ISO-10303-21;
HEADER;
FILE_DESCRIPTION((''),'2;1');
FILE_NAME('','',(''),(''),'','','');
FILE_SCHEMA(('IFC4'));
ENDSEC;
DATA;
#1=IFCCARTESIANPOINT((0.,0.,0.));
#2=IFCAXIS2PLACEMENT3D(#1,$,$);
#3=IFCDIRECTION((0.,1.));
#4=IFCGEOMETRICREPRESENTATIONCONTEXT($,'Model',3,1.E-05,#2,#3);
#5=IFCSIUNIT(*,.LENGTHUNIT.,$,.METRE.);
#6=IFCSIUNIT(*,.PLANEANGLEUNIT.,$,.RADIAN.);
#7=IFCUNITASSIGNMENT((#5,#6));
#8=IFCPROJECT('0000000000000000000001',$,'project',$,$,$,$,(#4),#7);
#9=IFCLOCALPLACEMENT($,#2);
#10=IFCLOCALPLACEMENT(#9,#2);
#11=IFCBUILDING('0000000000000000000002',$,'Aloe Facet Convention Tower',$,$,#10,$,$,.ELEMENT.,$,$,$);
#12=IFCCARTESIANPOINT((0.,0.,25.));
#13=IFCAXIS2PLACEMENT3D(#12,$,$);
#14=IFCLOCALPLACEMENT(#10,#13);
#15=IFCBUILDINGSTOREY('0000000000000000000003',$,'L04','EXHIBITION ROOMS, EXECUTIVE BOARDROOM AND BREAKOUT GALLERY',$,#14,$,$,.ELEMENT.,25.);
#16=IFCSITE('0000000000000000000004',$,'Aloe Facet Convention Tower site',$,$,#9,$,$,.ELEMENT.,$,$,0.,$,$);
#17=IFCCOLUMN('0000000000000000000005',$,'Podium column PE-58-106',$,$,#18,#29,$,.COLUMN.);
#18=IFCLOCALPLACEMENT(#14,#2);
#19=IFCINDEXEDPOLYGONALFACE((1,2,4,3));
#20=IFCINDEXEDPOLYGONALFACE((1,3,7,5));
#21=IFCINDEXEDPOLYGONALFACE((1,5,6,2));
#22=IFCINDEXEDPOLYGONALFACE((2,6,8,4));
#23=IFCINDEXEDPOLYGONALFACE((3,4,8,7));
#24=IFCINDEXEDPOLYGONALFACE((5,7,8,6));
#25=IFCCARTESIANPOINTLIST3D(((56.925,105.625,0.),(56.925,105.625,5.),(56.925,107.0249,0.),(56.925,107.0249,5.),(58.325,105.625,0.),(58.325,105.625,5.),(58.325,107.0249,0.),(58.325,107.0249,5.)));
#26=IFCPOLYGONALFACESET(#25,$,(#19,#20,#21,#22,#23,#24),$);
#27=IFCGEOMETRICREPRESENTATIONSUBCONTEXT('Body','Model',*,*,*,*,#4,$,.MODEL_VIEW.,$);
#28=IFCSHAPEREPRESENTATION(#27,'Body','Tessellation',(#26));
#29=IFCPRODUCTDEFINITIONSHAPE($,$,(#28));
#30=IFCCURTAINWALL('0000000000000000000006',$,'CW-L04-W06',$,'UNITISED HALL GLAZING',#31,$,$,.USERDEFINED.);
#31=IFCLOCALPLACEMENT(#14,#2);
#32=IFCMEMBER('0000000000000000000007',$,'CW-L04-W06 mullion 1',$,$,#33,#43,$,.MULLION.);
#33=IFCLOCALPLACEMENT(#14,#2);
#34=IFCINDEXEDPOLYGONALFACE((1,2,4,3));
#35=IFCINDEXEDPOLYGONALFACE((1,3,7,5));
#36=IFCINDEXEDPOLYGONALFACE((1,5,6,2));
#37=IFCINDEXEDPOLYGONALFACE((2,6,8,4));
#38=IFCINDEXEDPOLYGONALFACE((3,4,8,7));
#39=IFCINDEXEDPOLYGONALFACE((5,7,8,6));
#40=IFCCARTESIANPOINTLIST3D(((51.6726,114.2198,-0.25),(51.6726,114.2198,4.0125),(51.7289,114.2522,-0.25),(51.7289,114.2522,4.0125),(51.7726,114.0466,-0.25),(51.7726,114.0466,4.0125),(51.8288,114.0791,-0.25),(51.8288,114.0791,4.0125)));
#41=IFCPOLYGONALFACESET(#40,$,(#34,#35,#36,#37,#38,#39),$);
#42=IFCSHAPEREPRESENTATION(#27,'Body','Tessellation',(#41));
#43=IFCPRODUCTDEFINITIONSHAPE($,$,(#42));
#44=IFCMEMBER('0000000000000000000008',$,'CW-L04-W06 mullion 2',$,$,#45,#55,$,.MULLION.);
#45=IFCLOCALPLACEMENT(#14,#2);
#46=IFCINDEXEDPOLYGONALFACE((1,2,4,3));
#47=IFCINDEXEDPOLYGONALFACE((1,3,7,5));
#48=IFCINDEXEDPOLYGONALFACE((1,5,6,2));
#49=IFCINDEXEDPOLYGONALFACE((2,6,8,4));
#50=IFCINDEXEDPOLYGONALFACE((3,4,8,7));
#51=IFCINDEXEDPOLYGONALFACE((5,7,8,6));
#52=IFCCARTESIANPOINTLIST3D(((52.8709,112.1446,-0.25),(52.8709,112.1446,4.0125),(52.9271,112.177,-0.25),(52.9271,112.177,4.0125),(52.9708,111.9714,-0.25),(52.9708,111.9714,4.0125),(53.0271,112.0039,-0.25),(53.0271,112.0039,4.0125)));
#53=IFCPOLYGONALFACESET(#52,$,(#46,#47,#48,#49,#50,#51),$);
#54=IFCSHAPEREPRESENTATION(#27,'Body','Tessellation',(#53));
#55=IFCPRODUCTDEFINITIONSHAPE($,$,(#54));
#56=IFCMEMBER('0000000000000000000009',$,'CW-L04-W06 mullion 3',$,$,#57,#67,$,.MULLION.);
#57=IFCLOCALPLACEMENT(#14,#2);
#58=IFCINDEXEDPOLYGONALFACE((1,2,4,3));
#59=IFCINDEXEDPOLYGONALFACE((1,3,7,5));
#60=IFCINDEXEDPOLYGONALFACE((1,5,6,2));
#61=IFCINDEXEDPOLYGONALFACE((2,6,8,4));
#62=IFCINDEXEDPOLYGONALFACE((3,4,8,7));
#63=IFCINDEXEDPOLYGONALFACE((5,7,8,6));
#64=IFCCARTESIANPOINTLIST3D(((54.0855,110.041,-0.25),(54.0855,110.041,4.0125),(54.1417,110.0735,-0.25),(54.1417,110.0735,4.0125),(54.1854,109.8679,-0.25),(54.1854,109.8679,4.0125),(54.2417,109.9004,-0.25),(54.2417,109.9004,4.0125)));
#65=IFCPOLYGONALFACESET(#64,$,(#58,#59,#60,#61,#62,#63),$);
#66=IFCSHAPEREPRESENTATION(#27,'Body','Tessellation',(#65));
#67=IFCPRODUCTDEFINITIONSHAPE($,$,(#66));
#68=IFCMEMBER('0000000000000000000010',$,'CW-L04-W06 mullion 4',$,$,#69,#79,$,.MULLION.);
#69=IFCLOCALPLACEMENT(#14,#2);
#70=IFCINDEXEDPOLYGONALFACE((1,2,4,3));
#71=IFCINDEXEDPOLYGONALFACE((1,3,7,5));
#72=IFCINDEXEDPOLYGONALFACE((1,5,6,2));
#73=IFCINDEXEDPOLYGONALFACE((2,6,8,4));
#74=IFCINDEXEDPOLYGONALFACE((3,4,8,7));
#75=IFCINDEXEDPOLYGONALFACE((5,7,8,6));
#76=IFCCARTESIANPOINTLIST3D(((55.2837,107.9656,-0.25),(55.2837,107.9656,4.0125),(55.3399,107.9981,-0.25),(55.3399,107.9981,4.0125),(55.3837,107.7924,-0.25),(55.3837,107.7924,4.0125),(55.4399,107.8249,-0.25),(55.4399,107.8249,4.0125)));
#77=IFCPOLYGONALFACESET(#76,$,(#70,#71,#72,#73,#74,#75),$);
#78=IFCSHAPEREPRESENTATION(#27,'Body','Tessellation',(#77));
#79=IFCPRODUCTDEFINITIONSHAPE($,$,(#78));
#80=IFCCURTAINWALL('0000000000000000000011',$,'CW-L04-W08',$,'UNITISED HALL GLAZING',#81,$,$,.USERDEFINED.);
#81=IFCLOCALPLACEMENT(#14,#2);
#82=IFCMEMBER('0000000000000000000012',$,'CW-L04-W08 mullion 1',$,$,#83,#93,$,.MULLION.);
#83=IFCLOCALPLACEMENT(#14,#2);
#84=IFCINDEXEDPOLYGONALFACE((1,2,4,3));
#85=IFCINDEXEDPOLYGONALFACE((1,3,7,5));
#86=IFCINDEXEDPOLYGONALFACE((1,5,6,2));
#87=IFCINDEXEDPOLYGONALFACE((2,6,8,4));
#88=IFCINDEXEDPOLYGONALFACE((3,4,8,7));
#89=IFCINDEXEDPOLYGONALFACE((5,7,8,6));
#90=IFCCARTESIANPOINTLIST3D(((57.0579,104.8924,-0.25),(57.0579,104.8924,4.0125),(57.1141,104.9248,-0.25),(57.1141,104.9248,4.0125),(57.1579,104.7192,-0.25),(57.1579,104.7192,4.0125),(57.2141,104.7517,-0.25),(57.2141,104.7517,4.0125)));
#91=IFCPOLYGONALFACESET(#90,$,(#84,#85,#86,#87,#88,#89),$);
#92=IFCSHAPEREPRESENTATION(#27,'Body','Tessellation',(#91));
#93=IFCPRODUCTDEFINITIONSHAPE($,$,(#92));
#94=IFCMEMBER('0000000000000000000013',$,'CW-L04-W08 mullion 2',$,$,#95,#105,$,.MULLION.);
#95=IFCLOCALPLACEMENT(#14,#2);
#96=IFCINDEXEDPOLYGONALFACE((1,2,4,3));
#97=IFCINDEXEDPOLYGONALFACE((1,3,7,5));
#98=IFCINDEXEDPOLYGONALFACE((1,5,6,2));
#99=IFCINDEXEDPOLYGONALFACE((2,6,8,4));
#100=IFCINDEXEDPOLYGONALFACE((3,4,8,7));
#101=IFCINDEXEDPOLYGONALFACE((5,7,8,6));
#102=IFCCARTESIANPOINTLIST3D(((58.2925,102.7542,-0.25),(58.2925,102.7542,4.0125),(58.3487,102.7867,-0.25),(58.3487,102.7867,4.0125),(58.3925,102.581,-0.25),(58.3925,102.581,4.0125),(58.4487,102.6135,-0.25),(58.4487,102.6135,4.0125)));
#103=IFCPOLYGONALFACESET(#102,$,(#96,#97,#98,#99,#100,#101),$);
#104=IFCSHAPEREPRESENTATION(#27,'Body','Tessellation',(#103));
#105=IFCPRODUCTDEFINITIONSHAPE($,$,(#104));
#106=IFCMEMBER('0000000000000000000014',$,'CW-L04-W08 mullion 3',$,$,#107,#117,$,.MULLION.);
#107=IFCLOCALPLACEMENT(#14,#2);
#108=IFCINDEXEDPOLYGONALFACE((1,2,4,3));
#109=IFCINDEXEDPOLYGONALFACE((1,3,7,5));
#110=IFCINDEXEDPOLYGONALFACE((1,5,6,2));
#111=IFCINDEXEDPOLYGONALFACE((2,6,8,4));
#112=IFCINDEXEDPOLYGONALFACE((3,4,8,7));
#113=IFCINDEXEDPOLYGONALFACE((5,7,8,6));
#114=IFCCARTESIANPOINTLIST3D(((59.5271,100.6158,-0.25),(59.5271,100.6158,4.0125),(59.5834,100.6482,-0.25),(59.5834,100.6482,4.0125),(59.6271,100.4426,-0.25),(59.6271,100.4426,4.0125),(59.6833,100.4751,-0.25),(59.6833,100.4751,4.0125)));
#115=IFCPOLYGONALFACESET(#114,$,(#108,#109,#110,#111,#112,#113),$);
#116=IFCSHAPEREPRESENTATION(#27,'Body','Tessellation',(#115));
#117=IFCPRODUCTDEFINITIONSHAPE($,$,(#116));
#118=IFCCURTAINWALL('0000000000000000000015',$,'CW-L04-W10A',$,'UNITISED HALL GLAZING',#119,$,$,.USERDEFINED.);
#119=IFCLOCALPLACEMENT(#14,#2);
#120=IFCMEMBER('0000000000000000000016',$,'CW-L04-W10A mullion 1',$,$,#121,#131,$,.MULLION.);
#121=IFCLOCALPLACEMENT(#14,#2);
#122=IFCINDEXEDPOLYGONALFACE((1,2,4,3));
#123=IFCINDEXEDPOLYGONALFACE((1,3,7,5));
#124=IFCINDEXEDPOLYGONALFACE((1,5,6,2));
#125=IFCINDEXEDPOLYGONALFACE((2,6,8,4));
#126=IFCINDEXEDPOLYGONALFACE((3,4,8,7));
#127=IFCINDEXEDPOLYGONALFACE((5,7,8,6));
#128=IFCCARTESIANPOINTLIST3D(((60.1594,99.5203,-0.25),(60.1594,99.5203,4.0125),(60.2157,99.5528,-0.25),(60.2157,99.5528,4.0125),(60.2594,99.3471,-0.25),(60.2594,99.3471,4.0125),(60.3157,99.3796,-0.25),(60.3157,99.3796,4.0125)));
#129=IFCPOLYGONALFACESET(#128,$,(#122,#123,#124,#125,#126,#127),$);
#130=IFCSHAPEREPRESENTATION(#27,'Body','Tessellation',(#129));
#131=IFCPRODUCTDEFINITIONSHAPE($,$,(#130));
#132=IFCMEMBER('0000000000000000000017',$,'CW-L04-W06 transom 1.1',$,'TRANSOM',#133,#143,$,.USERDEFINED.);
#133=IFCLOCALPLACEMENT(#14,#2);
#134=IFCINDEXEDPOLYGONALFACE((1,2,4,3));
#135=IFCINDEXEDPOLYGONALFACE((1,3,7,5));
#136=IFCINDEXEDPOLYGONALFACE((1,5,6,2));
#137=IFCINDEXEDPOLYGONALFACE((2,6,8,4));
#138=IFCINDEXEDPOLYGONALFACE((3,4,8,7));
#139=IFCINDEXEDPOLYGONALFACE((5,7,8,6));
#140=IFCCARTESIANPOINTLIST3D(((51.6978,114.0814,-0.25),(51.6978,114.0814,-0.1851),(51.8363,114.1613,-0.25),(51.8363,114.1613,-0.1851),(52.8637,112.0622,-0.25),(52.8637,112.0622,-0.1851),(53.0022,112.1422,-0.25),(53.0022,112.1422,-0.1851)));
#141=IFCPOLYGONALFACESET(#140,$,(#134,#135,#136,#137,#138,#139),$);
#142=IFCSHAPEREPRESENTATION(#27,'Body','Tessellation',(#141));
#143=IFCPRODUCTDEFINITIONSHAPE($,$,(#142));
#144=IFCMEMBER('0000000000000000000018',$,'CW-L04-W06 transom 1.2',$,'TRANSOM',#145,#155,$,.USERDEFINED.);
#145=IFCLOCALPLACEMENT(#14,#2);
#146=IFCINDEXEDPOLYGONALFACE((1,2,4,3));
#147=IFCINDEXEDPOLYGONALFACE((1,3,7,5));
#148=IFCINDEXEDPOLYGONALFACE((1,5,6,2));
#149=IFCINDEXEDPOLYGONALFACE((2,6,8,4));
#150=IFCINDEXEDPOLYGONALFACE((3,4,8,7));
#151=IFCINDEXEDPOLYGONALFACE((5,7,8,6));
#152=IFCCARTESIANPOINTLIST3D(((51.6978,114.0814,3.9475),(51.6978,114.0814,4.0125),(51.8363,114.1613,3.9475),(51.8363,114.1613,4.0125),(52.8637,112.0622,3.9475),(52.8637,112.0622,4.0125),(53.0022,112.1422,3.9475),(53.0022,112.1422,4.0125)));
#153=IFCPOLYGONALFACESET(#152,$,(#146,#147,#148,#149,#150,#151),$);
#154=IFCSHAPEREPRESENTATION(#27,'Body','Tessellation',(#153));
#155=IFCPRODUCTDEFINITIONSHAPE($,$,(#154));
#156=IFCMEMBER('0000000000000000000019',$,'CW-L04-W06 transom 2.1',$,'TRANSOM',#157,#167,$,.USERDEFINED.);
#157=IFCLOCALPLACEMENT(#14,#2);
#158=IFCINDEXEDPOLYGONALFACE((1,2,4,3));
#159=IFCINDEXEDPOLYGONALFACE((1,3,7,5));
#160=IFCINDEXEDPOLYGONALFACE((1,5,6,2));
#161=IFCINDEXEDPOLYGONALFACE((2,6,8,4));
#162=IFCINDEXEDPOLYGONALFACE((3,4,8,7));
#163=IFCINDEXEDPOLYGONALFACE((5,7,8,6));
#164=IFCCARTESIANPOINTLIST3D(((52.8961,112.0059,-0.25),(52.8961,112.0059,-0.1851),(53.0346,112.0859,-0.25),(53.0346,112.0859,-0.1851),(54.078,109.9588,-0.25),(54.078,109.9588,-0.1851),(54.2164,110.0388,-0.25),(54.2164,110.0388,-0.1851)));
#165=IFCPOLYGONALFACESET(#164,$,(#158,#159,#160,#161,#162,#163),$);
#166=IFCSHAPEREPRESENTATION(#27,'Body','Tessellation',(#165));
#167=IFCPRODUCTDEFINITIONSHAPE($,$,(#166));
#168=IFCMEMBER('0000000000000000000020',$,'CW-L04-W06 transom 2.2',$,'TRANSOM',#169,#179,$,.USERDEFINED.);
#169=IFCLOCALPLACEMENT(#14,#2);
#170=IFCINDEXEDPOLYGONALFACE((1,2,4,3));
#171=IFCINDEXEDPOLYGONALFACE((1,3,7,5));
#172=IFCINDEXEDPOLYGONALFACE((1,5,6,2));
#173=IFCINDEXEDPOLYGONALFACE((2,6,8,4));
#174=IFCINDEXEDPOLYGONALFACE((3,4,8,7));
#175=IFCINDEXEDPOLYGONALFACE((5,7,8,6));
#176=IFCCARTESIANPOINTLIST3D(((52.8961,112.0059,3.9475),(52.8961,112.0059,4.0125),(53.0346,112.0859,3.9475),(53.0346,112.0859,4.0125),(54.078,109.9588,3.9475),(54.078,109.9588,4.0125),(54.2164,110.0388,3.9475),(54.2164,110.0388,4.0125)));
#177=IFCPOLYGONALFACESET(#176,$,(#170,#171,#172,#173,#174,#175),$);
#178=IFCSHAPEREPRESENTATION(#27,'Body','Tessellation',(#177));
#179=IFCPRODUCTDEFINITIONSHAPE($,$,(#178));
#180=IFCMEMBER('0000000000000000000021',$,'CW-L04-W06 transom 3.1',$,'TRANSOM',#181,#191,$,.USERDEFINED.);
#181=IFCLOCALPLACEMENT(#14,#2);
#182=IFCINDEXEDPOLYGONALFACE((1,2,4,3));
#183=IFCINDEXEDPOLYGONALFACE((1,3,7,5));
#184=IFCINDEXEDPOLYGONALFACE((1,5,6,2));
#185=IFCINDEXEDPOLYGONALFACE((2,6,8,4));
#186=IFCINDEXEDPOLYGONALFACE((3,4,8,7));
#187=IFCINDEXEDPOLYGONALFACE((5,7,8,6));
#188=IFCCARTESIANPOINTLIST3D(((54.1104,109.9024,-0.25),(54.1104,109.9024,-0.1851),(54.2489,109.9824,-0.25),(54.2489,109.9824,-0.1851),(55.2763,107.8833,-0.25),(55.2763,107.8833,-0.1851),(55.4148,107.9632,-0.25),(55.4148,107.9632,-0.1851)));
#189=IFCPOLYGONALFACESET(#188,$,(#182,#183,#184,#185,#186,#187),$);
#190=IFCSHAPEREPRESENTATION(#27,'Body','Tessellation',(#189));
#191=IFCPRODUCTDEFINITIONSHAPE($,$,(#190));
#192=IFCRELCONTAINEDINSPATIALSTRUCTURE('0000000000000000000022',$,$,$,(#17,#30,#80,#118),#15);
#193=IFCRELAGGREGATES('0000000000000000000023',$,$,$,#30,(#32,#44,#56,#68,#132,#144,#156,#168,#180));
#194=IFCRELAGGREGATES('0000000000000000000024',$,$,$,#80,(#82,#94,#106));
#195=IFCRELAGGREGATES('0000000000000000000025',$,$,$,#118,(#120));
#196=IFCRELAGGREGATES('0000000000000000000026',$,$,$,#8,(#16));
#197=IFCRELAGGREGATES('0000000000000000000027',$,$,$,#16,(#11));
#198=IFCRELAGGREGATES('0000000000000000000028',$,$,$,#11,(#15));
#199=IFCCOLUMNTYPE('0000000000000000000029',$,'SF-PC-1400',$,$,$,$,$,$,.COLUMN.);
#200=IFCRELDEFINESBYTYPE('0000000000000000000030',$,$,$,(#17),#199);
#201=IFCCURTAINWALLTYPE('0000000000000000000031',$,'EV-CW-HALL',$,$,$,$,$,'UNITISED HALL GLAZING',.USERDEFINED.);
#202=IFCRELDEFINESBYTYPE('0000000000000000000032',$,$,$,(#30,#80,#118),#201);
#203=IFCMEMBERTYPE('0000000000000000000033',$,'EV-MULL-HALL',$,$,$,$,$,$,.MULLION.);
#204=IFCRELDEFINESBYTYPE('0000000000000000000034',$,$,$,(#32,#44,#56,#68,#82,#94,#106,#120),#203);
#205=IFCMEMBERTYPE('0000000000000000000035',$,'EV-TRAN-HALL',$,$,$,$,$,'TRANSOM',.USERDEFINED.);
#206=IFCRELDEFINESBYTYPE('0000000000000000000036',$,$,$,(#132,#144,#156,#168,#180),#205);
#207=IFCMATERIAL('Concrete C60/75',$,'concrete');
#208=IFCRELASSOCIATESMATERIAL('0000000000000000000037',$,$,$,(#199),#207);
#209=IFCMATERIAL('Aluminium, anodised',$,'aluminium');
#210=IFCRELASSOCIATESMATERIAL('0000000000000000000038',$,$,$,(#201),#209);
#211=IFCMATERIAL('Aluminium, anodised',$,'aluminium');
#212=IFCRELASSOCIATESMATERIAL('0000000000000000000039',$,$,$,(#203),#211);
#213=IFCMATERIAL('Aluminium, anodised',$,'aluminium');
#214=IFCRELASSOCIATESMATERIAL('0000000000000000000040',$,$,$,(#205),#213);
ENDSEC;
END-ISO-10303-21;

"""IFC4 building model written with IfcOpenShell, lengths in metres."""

from ifc_helpers import new_model, si_unit, direction, frame, origin, origin_2d, place, context, subcontext, project, spatial, rectangle, extrude, material, material_profile, profile_set, type_object, element, aggregate, save


model = new_model("IFC4")

# Units and contexts
model_context = context("Model", 3, precision=1e-05, world=origin(), true_north=direction((0.0, 1.0)))
body_context = subcontext(model_context, "Body", "Model", "MODEL_VIEW")
ifc_project = project(units=[si_unit("LENGTHUNIT", "METRE"), si_unit("PLANEANGLEUNIT", "RADIAN")], contexts=[model_context])

# Site, building, storey
site_placement = place(None, origin())
site = spatial("IfcSite", under=ifc_project, at=site_placement, Name="Aloe Facet Convention Tower site", CompositionType="ELEMENT", RefElevation=0.0)
building_placement = place(site_placement, origin())
building = spatial("IfcBuilding", under=site, at=building_placement, Name="Aloe Facet Convention Tower", CompositionType="ELEMENT")
storey_placement = place(building_placement, frame((0.0, 0.0, 25.0)))
storey = spatial("IfcBuildingStorey", under=building, at=storey_placement, Name="L04", Description="EXHIBITION ROOMS, EXECUTIVE BOARDROOM AND BREAKOUT GALLERY", CompositionType="ELEMENT", Elevation=25.0)

# Column
ifc_material_1 = material(Name="Concrete C60/75", Category="concrete")
ifc_material_profile_1 = material_profile(ifc_material_1, rectangle(XDim=1.3999, YDim=1.3999, at=origin_2d()), Name="SF-PC-1400")
ifc_profile_set_1 = profile_set([ifc_material_profile_1], Name="Concrete C60/75")
column_type = type_object("IfcColumnType", Name="SF-PC-1400", PredefinedType="COLUMN", material=ifc_profile_set_1)
column_placement = place(storey_placement, frame((57.625, 106.325, 0.0), z_axis=(0.0, 0.0, 1.0), x_axis=(1.0, 0.0, 0.0)))
element("IfcColumn", 1, at=column_placement, inside=storey, type_object=column_type, Name="Podium column PE-58-106", PredefinedType="COLUMN", context=body_context, shape_type="SweptSolid", body=[
    extrude(rectangle(XDim=1.3999, YDim=1.3999, at=origin_2d()), origin(), (0.0, 0.0, 1.0), 5.0),
])

# Curtain walls, members
ifc_material_2 = material(Name="Aluminium, anodised", Category="aluminium")
curtain_wall_type = type_object("IfcCurtainWallType", Name="EV-CW-HALL", ElementType="UNITISED HALL GLAZING", PredefinedType="USERDEFINED", material=ifc_material_2)
curtain_wall_1_placement = place(storey_placement, origin())
curtain_wall_1 = element("IfcCurtainWall", 2, at=curtain_wall_1_placement, inside=storey, type_object=curtain_wall_type, Name="CW-L04-W06", ObjectType="UNITISED HALL GLAZING", PredefinedType="USERDEFINED")
ifc_material_3 = material(Name="Aluminium, anodised", Category="aluminium")
ifc_material_profile_2 = material_profile(ifc_material_3, rectangle(XDim=0.0649, YDim=0.2, at=origin_2d()), Name="AL 65x200")
ifc_profile_set_2 = profile_set([ifc_material_profile_2], Name="Aluminium, anodised")
member_type_1 = type_object("IfcMemberType", Name="EV-MULL-HALL", PredefinedType="MULLION", material=ifc_profile_set_2)
member_1_placement = place(storey_placement, frame((51.7507, 114.1494, -0.25), z_axis=(0.0, 0.0, 1.0), x_axis=(0.866025, 0.5, 0.0)))
member_1 = element("IfcMember", 3, at=member_1_placement, type_object=member_type_1, Name="CW-L04-W06 mullion 1", PredefinedType="MULLION", context=body_context, shape_type="SweptSolid", body=[
    extrude(rectangle(XDim=0.0649, YDim=0.2, at=origin_2d()), origin(), (0.0, 0.0, 1.0), 4.2625),
])
member_2_placement = place(storey_placement, frame((52.949, 112.0742, -0.25), z_axis=(0.0, 0.0, 1.0), x_axis=(0.866025, 0.5, 0.0)))
member_2 = element("IfcMember", 4, at=member_2_placement, type_object=member_type_1, Name="CW-L04-W06 mullion 2", PredefinedType="MULLION", context=body_context, shape_type="SweptSolid", body=[
    extrude(rectangle(XDim=0.0649, YDim=0.2, at=origin_2d()), origin(), (0.0, 0.0, 1.0), 4.2625),
])
member_3_placement = place(storey_placement, frame((54.1636, 109.9707, -0.25), z_axis=(0.0, 0.0, 1.0), x_axis=(0.866025, 0.5, 0.0)))
member_3 = element("IfcMember", 5, at=member_3_placement, type_object=member_type_1, Name="CW-L04-W06 mullion 3", PredefinedType="MULLION", context=body_context, shape_type="SweptSolid", body=[
    extrude(rectangle(XDim=0.0649, YDim=0.2, at=origin_2d()), origin(), (0.0, 0.0, 1.0), 4.2625),
])
member_4_placement = place(storey_placement, frame((55.3618, 107.8953, -0.25), z_axis=(0.0, 0.0, 1.0), x_axis=(0.866025, 0.5, 0.0)))
member_4 = element("IfcMember", 6, at=member_4_placement, type_object=member_type_1, Name="CW-L04-W06 mullion 4", PredefinedType="MULLION", context=body_context, shape_type="SweptSolid", body=[
    extrude(rectangle(XDim=0.0649, YDim=0.2, at=origin_2d()), origin(), (0.0, 0.0, 1.0), 4.2625),
])
curtain_wall_2_placement = place(storey_placement, origin())
curtain_wall_2 = element("IfcCurtainWall", 7, at=curtain_wall_2_placement, inside=storey, type_object=curtain_wall_type, Name="CW-L04-W08", ObjectType="UNITISED HALL GLAZING", PredefinedType="USERDEFINED")
member_5_placement = place(storey_placement, frame((57.136, 104.822, -0.25), z_axis=(0.0, 0.0, 1.0), x_axis=(0.866025, 0.5, 0.0)))
member_5 = element("IfcMember", 8, at=member_5_placement, type_object=member_type_1, Name="CW-L04-W08 mullion 1", PredefinedType="MULLION", context=body_context, shape_type="SweptSolid", body=[
    extrude(rectangle(XDim=0.0649, YDim=0.2, at=origin_2d()), origin(), (0.0, 0.0, 1.0), 4.2625),
])
member_6_placement = place(storey_placement, frame((58.3706, 102.6838, -0.25), z_axis=(0.0, 0.0, 1.0), x_axis=(0.866025, 0.5, 0.0)))
member_6 = element("IfcMember", 9, at=member_6_placement, type_object=member_type_1, Name="CW-L04-W08 mullion 2", PredefinedType="MULLION", context=body_context, shape_type="SweptSolid", body=[
    extrude(rectangle(XDim=0.0649, YDim=0.2, at=origin_2d()), origin(), (0.0, 0.0, 1.0), 4.2625),
])
member_7_placement = place(storey_placement, frame((59.6052, 100.5454, -0.25), z_axis=(0.0, 0.0, 1.0), x_axis=(0.866025, 0.5, 0.0)))
member_7 = element("IfcMember", 10, at=member_7_placement, type_object=member_type_1, Name="CW-L04-W08 mullion 3", PredefinedType="MULLION", context=body_context, shape_type="SweptSolid", body=[
    extrude(rectangle(XDim=0.0649, YDim=0.2, at=origin_2d()), origin(), (0.0, 0.0, 1.0), 4.2625),
])

# Curtain wall, member
curtain_wall_3_placement = place(storey_placement, origin())
curtain_wall_3 = element("IfcCurtainWall", 11, at=curtain_wall_3_placement, inside=storey, type_object=curtain_wall_type, Name="CW-L04-W10A", ObjectType="UNITISED HALL GLAZING", PredefinedType="USERDEFINED")
member_8_placement = place(storey_placement, frame((60.2375, 99.45, -0.25), z_axis=(0.0, 0.0, 1.0), x_axis=(0.866025, 0.5, 0.0)))
member_8 = element("IfcMember", 12, at=member_8_placement, type_object=member_type_1, Name="CW-L04-W10A mullion 1", PredefinedType="MULLION", context=body_context, shape_type="SweptSolid", body=[
    extrude(rectangle(XDim=0.0649, YDim=0.2, at=origin_2d()), origin(), (0.0, 0.0, 1.0), 4.2625),
])

# Members
ifc_material_4 = material(Name="Aluminium, anodised", Category="aluminium")
ifc_material_profile_3 = material_profile(ifc_material_4, rectangle(XDim=0.1599, YDim=0.0649, at=origin_2d()), Name="AL 160x65")
ifc_profile_set_3 = profile_set([ifc_material_profile_3], Name="Aluminium, anodised")
member_type_2 = type_object("IfcMemberType", Name="EV-TRAN-HALL", ElementType="TRANSOM", PredefinedType="USERDEFINED", material=ifc_profile_set_3)
member_9_placement = place(storey_placement, frame((51.7671, 114.1213, -0.2175), z_axis=(0.500025, -0.866011, 0.0), x_axis=(0.866011, 0.500025, 0.0)))
member_9 = element("IfcMember", 13, at=member_9_placement, type_object=member_type_2, Name="CW-L04-W06 transom 1.1", ObjectType="TRANSOM", PredefinedType="USERDEFINED", context=body_context, shape_type="SweptSolid", body=[
    extrude(rectangle(XDim=0.1599, YDim=0.0649, at=origin_2d()), origin(), (0.0, 0.0, 1.0), 2.3315),
])
member_10_placement = place(storey_placement, frame((51.7671, 114.1213, 3.98), z_axis=(0.500025, -0.866011, 0.0), x_axis=(0.866011, 0.500025, 0.0)))
member_10 = element("IfcMember", 14, at=member_10_placement, type_object=member_type_2, Name="CW-L04-W06 transom 1.2", ObjectType="TRANSOM", PredefinedType="USERDEFINED", context=body_context, shape_type="SweptSolid", body=[
    extrude(rectangle(XDim=0.1599, YDim=0.0649, at=origin_2d()), origin(), (0.0, 0.0, 1.0), 2.3315),
])
member_11_placement = place(storey_placement, frame((52.9653, 112.0459, -0.2175), z_axis=(0.499994, -0.866029, 0.0), x_axis=(0.866029, 0.499994, 0.0)))
member_11 = element("IfcMember", 15, at=member_11_placement, type_object=member_type_2, Name="CW-L04-W06 transom 2.1", ObjectType="TRANSOM", PredefinedType="USERDEFINED", context=body_context, shape_type="SweptSolid", body=[
    extrude(rectangle(XDim=0.1599, YDim=0.0649, at=origin_2d()), origin(), (0.0, 0.0, 1.0), 2.3638),
])
member_12_placement = place(storey_placement, frame((52.9653, 112.0459, 3.98), z_axis=(0.499994, -0.866029, 0.0), x_axis=(0.866029, 0.499994, 0.0)))
member_12 = element("IfcMember", 16, at=member_12_placement, type_object=member_type_2, Name="CW-L04-W06 transom 2.2", ObjectType="TRANSOM", PredefinedType="USERDEFINED", context=body_context, shape_type="SweptSolid", body=[
    extrude(rectangle(XDim=0.1599, YDim=0.0649, at=origin_2d()), origin(), (0.0, 0.0, 1.0), 2.3638),
])
member_13_placement = place(storey_placement, frame((54.1797, 109.9424, -0.2175), z_axis=(0.500025, -0.866011, 0.0), x_axis=(0.866011, 0.500025, 0.0)))
member_13 = element("IfcMember", 17, at=member_13_placement, type_object=member_type_2, Name="CW-L04-W06 transom 3.1", ObjectType="TRANSOM", PredefinedType="USERDEFINED", context=body_context, shape_type="SweptSolid", body=[
    extrude(rectangle(XDim=0.1599, YDim=0.0649, at=origin_2d()), origin(), (0.0, 0.0, 1.0), 2.3315),
])

aggregate(curtain_wall_1, [member_1, member_2, member_3, member_4, member_9, member_10, member_11, member_12, member_13])
aggregate(curtain_wall_2, [member_5, member_6, member_7])
aggregate(curtain_wall_3, [member_8])

save(model, "model.ifc")
